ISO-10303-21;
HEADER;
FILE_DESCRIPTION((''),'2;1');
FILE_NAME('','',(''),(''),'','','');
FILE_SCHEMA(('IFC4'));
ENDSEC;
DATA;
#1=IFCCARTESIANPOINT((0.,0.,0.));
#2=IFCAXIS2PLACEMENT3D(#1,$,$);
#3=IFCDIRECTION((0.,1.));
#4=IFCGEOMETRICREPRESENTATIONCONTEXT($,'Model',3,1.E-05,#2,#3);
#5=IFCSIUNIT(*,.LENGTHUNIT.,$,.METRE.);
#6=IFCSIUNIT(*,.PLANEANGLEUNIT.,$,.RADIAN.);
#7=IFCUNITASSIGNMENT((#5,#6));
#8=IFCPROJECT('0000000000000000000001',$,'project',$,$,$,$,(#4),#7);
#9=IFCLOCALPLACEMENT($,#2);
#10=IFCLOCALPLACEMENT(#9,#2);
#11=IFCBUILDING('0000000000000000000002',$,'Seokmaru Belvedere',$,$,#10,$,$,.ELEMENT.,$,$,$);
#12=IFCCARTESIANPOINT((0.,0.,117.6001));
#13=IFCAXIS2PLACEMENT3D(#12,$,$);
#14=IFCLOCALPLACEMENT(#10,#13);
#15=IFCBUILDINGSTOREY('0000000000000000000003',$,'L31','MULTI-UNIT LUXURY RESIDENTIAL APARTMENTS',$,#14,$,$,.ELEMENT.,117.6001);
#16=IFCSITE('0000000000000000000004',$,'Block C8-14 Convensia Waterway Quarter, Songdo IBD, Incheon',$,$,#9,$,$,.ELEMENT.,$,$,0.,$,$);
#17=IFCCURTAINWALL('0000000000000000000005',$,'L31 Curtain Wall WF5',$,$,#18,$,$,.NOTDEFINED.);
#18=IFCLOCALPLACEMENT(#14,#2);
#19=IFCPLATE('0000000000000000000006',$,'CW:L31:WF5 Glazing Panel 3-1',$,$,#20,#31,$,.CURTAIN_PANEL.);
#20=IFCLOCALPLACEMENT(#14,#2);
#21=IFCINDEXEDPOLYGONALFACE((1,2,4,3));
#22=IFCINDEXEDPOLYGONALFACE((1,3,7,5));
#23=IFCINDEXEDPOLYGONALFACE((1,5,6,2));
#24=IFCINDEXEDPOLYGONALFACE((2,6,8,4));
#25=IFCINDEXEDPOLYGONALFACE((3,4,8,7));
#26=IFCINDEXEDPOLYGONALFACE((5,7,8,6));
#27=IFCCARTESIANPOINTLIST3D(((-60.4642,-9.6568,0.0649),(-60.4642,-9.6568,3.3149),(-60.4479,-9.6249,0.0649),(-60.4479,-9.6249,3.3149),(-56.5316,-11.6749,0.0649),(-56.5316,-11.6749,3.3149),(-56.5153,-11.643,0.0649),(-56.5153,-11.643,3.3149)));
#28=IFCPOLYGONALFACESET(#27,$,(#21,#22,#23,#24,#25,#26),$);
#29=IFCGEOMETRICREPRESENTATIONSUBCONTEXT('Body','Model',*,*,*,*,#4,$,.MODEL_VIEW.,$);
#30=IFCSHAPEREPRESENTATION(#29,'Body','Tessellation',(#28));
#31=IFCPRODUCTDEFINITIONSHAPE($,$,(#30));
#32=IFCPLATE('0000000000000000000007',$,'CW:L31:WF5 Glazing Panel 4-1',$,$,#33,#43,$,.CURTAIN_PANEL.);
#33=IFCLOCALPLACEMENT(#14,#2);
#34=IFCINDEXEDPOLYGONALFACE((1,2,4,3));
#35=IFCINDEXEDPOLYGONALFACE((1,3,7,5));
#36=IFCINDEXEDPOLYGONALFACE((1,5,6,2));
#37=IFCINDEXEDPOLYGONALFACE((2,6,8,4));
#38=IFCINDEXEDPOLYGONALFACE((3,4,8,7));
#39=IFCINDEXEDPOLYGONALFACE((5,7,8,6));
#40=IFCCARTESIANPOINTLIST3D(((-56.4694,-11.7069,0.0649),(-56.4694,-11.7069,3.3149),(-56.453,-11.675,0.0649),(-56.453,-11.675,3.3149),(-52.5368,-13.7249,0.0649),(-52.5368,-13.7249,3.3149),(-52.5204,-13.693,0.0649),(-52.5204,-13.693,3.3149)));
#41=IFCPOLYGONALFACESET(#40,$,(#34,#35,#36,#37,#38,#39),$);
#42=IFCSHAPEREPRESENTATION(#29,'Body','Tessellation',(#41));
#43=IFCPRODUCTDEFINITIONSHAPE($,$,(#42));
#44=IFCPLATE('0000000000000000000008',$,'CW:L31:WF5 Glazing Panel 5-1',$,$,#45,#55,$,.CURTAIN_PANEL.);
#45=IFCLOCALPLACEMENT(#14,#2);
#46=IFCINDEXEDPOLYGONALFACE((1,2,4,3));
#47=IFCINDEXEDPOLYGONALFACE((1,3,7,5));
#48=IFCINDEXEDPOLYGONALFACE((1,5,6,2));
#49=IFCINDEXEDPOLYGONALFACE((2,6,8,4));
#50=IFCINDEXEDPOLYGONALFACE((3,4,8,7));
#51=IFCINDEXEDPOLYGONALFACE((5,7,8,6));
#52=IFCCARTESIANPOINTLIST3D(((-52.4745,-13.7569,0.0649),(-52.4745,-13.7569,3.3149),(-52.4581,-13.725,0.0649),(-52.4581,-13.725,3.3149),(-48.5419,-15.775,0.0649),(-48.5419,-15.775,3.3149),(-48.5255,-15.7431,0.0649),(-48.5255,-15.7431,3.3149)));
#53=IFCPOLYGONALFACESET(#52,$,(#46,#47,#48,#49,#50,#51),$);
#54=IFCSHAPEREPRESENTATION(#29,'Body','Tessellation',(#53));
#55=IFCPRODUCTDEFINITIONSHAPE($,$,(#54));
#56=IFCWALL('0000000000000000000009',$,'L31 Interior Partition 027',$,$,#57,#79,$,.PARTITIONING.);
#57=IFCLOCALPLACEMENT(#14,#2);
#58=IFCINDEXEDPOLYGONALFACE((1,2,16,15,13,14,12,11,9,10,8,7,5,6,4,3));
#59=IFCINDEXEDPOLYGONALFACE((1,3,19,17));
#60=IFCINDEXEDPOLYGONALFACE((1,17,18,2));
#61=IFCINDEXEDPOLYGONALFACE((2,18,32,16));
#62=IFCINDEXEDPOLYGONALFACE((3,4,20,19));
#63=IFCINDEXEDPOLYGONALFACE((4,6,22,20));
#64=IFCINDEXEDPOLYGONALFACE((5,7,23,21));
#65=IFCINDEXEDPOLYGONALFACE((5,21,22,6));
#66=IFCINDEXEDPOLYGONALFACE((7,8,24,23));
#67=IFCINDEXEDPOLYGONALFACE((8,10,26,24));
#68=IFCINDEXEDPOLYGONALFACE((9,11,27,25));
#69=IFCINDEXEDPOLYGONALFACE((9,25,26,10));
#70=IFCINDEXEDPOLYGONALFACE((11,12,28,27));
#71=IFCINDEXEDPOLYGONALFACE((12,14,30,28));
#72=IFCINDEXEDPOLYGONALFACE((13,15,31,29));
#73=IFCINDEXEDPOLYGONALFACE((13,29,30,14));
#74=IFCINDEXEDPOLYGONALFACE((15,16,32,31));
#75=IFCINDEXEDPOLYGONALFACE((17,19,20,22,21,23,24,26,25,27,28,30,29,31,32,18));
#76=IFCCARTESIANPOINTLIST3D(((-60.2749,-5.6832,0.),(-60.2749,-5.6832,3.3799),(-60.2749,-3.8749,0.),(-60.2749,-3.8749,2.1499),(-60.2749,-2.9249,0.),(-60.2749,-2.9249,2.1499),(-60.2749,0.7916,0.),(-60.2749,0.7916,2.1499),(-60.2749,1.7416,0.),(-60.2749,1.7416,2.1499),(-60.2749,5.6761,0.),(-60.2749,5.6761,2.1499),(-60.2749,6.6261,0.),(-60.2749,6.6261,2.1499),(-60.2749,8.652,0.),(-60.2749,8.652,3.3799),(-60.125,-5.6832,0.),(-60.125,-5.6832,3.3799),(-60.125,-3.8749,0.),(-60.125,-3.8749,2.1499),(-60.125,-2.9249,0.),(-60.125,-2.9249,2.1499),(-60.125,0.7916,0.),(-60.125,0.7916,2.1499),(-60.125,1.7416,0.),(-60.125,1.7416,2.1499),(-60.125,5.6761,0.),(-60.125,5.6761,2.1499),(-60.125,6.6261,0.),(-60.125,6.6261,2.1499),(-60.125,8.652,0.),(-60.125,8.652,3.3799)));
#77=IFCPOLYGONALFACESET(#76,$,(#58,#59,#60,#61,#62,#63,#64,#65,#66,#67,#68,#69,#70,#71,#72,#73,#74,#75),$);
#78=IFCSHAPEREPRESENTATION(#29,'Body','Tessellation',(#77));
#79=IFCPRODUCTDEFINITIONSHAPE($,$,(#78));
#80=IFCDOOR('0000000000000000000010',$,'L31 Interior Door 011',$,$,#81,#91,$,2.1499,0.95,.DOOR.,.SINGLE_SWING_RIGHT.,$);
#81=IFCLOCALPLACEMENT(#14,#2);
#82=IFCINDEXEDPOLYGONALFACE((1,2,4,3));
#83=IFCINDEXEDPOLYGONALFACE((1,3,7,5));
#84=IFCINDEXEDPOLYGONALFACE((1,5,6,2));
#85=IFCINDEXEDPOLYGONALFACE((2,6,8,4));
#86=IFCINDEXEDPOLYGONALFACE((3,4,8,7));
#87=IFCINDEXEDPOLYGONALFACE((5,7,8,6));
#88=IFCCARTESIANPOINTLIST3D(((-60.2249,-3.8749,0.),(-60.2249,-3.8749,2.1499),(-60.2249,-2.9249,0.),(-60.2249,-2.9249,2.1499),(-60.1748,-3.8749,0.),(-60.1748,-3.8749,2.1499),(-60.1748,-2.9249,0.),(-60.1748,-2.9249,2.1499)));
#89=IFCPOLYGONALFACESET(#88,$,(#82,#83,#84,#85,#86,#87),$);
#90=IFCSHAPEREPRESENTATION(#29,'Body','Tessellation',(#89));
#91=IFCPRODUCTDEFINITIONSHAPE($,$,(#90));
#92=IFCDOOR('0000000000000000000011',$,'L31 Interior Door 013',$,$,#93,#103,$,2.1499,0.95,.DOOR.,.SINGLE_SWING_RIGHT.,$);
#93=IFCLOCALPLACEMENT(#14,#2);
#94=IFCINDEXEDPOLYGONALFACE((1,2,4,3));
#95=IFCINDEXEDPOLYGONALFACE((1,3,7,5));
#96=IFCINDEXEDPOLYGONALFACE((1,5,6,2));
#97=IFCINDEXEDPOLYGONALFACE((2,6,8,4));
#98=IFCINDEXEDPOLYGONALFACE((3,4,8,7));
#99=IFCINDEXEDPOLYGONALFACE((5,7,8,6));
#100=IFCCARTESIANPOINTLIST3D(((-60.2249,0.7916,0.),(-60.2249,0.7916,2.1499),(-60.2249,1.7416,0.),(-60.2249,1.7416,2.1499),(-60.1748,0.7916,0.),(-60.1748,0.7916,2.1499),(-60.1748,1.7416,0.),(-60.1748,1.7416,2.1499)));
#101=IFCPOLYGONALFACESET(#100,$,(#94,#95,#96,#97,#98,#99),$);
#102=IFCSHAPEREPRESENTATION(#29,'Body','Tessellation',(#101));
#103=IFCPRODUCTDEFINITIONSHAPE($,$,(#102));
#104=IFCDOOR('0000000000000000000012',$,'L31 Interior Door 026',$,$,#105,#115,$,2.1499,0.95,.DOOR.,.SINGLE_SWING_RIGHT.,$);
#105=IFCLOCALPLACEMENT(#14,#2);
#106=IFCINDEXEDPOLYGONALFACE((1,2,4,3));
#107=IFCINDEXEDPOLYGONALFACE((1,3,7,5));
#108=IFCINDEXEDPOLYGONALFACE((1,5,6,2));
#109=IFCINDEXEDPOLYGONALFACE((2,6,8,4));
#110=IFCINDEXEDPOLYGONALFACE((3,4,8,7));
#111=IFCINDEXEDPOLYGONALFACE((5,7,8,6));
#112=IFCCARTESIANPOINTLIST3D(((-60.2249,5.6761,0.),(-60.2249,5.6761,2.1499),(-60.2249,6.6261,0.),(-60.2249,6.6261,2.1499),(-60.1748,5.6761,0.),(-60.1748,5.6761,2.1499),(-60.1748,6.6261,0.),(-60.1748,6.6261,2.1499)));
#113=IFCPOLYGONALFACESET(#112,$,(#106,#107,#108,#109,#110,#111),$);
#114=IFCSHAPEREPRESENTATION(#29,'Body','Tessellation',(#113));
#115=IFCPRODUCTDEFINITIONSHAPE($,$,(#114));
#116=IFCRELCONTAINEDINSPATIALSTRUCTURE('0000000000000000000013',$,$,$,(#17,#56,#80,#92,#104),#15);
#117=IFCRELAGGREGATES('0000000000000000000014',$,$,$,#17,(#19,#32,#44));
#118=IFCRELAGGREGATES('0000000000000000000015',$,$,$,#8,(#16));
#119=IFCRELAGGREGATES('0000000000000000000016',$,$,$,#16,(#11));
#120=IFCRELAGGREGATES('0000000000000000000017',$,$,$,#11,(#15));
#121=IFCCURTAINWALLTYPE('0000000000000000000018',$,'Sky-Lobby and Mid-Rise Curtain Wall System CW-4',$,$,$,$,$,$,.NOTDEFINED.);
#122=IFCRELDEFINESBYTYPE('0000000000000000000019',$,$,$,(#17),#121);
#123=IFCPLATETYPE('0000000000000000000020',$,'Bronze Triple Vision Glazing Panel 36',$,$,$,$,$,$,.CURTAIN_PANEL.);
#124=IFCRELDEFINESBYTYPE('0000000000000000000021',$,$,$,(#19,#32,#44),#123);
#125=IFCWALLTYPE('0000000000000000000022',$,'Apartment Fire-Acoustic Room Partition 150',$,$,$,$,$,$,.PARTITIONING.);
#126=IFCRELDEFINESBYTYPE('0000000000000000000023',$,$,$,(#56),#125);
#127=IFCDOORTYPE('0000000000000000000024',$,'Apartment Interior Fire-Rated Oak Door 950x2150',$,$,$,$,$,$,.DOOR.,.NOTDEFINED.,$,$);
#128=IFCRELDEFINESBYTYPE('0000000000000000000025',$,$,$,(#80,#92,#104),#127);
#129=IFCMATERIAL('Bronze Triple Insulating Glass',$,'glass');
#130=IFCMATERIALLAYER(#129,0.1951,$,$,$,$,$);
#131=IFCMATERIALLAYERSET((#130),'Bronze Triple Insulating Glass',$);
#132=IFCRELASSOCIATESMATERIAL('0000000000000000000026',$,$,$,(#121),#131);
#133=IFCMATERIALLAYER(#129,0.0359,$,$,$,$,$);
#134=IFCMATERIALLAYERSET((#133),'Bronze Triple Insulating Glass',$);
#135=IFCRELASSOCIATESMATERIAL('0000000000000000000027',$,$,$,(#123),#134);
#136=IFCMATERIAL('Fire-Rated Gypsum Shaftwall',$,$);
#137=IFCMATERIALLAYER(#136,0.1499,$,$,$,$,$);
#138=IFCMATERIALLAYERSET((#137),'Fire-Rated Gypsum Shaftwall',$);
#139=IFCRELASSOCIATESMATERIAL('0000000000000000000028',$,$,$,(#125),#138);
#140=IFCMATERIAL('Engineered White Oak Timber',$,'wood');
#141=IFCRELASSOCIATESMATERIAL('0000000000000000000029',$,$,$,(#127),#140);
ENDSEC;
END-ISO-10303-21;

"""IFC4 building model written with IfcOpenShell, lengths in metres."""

from ifc_helpers import new_model, si_unit, direction, frame, frame_2d, origin, origin_2d, place, context, subcontext, project, spatial, rectangle, extrude, source, transform, mapped, material, layer, layer_set, type_object, type_shapes, element, fill, aggregate, save


model = new_model("IFC4")

# Units and contexts
model_context = context("Model", 3, precision=1e-05, world=origin(), true_north=direction((0.0, 1.0)))
body_context = subcontext(model_context, "Body", "Model", "MODEL_VIEW")
ifc_project = project(units=[si_unit("LENGTHUNIT", "METRE"), si_unit("PLANEANGLEUNIT", "RADIAN")], contexts=[model_context])

# Site, building, storey
site_placement = place(None, origin())
site = spatial("IfcSite", under=ifc_project, at=site_placement, Name="Block C8-14 Convensia Waterway Quarter, Songdo IBD, Incheon", CompositionType="ELEMENT", RefElevation=0.0)
building_placement = place(site_placement, origin())
building = spatial("IfcBuilding", under=site, at=building_placement, Name="Seokmaru Belvedere", CompositionType="ELEMENT")
storey_placement = place(building_placement, frame((0.0, 0.0, 117.6001)))
storey = spatial("IfcBuildingStorey", under=building, at=storey_placement, Name="L31", Description="MULTI-UNIT LUXURY RESIDENTIAL APARTMENTS", CompositionType="ELEMENT", Elevation=117.6001)

# Curtain wall, plates
ifc_material_1 = material(Name="Bronze Triple Insulating Glass", Category="glass")
ifc_layer_1 = layer(ifc_material_1, 0.1951)
ifc_layer_set_1 = layer_set([ifc_layer_1], Name="Bronze Triple Insulating Glass")
curtain_wall_type = type_object("IfcCurtainWallType", Name="Sky-Lobby and Mid-Rise Curtain Wall System CW-4", PredefinedType="NOTDEFINED", material=ifc_layer_set_1)
curtain_wall_placement = place(storey_placement, origin())
curtain_wall = element("IfcCurtainWall", 1, at=curtain_wall_placement, inside=storey, type_object=curtain_wall_type, Name="L31 Curtain Wall WF5", PredefinedType="NOTDEFINED")
ifc_layer_2 = layer(ifc_material_1, 0.0359)
ifc_layer_set_2 = layer_set([ifc_layer_2], Name="Bronze Triple Insulating Glass")
plate_type = type_object("IfcPlateType", Name="Bronze Triple Vision Glazing Panel 36", PredefinedType="CURTAIN_PANEL", material=ifc_layer_set_2)
shared_shape_1 = source(origin(), body_context, "Body", "SweptSolid", [
    extrude(rectangle(XDim=4.4202, YDim=0.0359, at=origin_2d()), origin(), (0.0, 0.0, 1.0), 3.25),
])
type_shapes(plate_type, [shared_shape_1])
plate_1_placement = place(storey_placement, frame((-58.4897, -10.6499, 0.0649), z_axis=(0.0, 0.0, 1.0), x_axis=(0.889695, -0.456555, 0.0)))
plate_1 = element("IfcPlate", 2, at=plate_1_placement, type_object=plate_type, Name="CW:L31:WF5 Glazing Panel 3-1", PredefinedType="CURTAIN_PANEL", context=body_context, shape_type="MappedRepresentation", body=[
    mapped(shared_shape_1, transform((0.0, 0.0, 0.0), scale=1.0)),
])
plate_2_placement = place(storey_placement, frame((-54.4949, -12.7, 0.0649), z_axis=(0.0, 0.0, 1.0), x_axis=(0.889695, -0.456555, 0.0)))
plate_2 = element("IfcPlate", 3, at=plate_2_placement, type_object=plate_type, Name="CW:L31:WF5 Glazing Panel 4-1", PredefinedType="CURTAIN_PANEL", context=body_context, shape_type="MappedRepresentation", body=[
    mapped(shared_shape_1, transform((0.0, 0.0, 0.0), scale=1.0)),
])
plate_3_placement = place(storey_placement, frame((-50.5, -14.75, 0.0649), z_axis=(0.0, 0.0, 1.0), x_axis=(0.889695, -0.456555, 0.0)))
plate_3 = element("IfcPlate", 4, at=plate_3_placement, type_object=plate_type, Name="CW:L31:WF5 Glazing Panel 5-1", PredefinedType="CURTAIN_PANEL", context=body_context, shape_type="MappedRepresentation", body=[
    mapped(shared_shape_1, transform((0.0, 0.0, 0.0), scale=1.0)),
])
aggregate(curtain_wall, [plate_1, plate_2, plate_3])

# Wall, openings, doors
ifc_material_2 = material(Name="Fire-Rated Gypsum Shaftwall")
ifc_layer_3 = layer(ifc_material_2, 0.1499)
ifc_layer_set_3 = layer_set([ifc_layer_3], Name="Fire-Rated Gypsum Shaftwall")
wall_type_1 = type_object("IfcWallType", Name="Apartment Fire-Acoustic Room Partition 150", PredefinedType="PARTITIONING", material=ifc_layer_set_3)
wall_1_placement = place(storey_placement, frame((-60.2, -5.6831, 0.0), z_axis=(0.0, 0.0, 1.0), x_axis=(0.0, 1.0, 0.0)))
wall_1 = element("IfcWall", 5, at=wall_1_placement, inside=storey, type_object=wall_type_1, Name="L31 Interior Partition 027", PredefinedType="PARTITIONING", context=body_context, shape_type="SweptSolid", body=[
    extrude(rectangle(XDim=14.3352, YDim=0.1499, at=frame_2d((7.1675, 0.0))), origin(), (0.0, 0.0, 1.0), 3.3799),
])
opening_1_placement = place(wall_1_placement, frame((1.8081, 0.0, 0.0)))
opening_1 = element("IfcOpeningElement", 6, at=opening_1_placement, cuts=wall_1, PredefinedType="OPENING", context=body_context, shape_type="SweptSolid", body=[
    extrude(rectangle(XDim=0.95, YDim=2.1499, at=frame_2d((0.4751, 1.075))), frame((0.0, 0.085, 0.0), z_axis=(0.0, -1.0, 0.0), x_axis=(1.0, 0.0, 0.0)), (0.0, 0.0, 1.0), 0.1699),
])
opening_2_placement = place(wall_1_placement, frame((6.4746, 0.0, 0.0)))
opening_2 = element("IfcOpeningElement", 7, at=opening_2_placement, cuts=wall_1, PredefinedType="OPENING", context=body_context, shape_type="SweptSolid", body=[
    extrude(rectangle(XDim=0.95, YDim=2.1499, at=frame_2d((0.4751, 1.075))), frame((0.0, 0.085, 0.0), z_axis=(0.0, -1.0, 0.0), x_axis=(1.0, 0.0, 0.0)), (0.0, 0.0, 1.0), 0.1699),
])
opening_3_placement = place(wall_1_placement, frame((11.3591, 0.0, 0.0)))
opening_3 = element("IfcOpeningElement", 8, at=opening_3_placement, cuts=wall_1, PredefinedType="OPENING", context=body_context, shape_type="SweptSolid", body=[
    extrude(rectangle(XDim=0.95, YDim=2.1499, at=frame_2d((0.4751, 1.075))), frame((0.0, 0.085, 0.0), z_axis=(0.0, -1.0, 0.0), x_axis=(1.0, 0.0, 0.0)), (0.0, 0.0, 1.0), 0.1699),
])
ifc_material_3 = material(Name="Engineered White Oak Timber", Category="wood")
door_type = type_object("IfcDoorType", Name="Apartment Interior Fire-Rated Oak Door 950x2150", OperationType="NOTDEFINED", PredefinedType="DOOR", material=ifc_material_3)
shared_shape_2 = source(origin(), body_context, "Body", "SweptSolid", [
    extrude(rectangle(XDim=0.95, YDim=2.1499, at=frame_2d((0.4751, 1.075))), frame((0.0, 0.0249, 0.0), z_axis=(0.0, -1.0, 0.0), x_axis=(1.0, 0.0, 0.0)), (0.0, 0.0, 1.0), 0.05),
])
type_shapes(door_type, [shared_shape_2])
door_1_placement = place(opening_1_placement, origin())
door_1 = element("IfcDoor", 9, at=door_1_placement, inside=storey, type_object=door_type, Name="L31 Interior Door 011", OperationType="SINGLE_SWING_RIGHT", OverallHeight=2.1499, OverallWidth=0.95, PredefinedType="DOOR", context=body_context, shape_type="MappedRepresentation", body=[
    mapped(shared_shape_2, transform((0.0, 0.0, 0.0), scale=1.0)),
])
fill(opening_1, door_1)
door_2_placement = place(opening_2_placement, origin())
door_2 = element("IfcDoor", 10, at=door_2_placement, inside=storey, type_object=door_type, Name="L31 Interior Door 013", OperationType="SINGLE_SWING_RIGHT", OverallHeight=2.1499, OverallWidth=0.95, PredefinedType="DOOR", context=body_context, shape_type="MappedRepresentation", body=[
    mapped(shared_shape_2, transform((0.0, 0.0, 0.0), scale=1.0)),
])
fill(opening_2, door_2)
door_3_placement = place(opening_3_placement, origin())
door_3 = element("IfcDoor", 11, at=door_3_placement, inside=storey, type_object=door_type, Name="L31 Interior Door 026", OperationType="SINGLE_SWING_RIGHT", OverallHeight=2.1499, OverallWidth=0.95, PredefinedType="DOOR", context=body_context, shape_type="MappedRepresentation", body=[
    mapped(shared_shape_2, transform((0.0, 0.0, 0.0), scale=1.0)),
])
fill(opening_3, door_3)

save(model, "model.ifc")
